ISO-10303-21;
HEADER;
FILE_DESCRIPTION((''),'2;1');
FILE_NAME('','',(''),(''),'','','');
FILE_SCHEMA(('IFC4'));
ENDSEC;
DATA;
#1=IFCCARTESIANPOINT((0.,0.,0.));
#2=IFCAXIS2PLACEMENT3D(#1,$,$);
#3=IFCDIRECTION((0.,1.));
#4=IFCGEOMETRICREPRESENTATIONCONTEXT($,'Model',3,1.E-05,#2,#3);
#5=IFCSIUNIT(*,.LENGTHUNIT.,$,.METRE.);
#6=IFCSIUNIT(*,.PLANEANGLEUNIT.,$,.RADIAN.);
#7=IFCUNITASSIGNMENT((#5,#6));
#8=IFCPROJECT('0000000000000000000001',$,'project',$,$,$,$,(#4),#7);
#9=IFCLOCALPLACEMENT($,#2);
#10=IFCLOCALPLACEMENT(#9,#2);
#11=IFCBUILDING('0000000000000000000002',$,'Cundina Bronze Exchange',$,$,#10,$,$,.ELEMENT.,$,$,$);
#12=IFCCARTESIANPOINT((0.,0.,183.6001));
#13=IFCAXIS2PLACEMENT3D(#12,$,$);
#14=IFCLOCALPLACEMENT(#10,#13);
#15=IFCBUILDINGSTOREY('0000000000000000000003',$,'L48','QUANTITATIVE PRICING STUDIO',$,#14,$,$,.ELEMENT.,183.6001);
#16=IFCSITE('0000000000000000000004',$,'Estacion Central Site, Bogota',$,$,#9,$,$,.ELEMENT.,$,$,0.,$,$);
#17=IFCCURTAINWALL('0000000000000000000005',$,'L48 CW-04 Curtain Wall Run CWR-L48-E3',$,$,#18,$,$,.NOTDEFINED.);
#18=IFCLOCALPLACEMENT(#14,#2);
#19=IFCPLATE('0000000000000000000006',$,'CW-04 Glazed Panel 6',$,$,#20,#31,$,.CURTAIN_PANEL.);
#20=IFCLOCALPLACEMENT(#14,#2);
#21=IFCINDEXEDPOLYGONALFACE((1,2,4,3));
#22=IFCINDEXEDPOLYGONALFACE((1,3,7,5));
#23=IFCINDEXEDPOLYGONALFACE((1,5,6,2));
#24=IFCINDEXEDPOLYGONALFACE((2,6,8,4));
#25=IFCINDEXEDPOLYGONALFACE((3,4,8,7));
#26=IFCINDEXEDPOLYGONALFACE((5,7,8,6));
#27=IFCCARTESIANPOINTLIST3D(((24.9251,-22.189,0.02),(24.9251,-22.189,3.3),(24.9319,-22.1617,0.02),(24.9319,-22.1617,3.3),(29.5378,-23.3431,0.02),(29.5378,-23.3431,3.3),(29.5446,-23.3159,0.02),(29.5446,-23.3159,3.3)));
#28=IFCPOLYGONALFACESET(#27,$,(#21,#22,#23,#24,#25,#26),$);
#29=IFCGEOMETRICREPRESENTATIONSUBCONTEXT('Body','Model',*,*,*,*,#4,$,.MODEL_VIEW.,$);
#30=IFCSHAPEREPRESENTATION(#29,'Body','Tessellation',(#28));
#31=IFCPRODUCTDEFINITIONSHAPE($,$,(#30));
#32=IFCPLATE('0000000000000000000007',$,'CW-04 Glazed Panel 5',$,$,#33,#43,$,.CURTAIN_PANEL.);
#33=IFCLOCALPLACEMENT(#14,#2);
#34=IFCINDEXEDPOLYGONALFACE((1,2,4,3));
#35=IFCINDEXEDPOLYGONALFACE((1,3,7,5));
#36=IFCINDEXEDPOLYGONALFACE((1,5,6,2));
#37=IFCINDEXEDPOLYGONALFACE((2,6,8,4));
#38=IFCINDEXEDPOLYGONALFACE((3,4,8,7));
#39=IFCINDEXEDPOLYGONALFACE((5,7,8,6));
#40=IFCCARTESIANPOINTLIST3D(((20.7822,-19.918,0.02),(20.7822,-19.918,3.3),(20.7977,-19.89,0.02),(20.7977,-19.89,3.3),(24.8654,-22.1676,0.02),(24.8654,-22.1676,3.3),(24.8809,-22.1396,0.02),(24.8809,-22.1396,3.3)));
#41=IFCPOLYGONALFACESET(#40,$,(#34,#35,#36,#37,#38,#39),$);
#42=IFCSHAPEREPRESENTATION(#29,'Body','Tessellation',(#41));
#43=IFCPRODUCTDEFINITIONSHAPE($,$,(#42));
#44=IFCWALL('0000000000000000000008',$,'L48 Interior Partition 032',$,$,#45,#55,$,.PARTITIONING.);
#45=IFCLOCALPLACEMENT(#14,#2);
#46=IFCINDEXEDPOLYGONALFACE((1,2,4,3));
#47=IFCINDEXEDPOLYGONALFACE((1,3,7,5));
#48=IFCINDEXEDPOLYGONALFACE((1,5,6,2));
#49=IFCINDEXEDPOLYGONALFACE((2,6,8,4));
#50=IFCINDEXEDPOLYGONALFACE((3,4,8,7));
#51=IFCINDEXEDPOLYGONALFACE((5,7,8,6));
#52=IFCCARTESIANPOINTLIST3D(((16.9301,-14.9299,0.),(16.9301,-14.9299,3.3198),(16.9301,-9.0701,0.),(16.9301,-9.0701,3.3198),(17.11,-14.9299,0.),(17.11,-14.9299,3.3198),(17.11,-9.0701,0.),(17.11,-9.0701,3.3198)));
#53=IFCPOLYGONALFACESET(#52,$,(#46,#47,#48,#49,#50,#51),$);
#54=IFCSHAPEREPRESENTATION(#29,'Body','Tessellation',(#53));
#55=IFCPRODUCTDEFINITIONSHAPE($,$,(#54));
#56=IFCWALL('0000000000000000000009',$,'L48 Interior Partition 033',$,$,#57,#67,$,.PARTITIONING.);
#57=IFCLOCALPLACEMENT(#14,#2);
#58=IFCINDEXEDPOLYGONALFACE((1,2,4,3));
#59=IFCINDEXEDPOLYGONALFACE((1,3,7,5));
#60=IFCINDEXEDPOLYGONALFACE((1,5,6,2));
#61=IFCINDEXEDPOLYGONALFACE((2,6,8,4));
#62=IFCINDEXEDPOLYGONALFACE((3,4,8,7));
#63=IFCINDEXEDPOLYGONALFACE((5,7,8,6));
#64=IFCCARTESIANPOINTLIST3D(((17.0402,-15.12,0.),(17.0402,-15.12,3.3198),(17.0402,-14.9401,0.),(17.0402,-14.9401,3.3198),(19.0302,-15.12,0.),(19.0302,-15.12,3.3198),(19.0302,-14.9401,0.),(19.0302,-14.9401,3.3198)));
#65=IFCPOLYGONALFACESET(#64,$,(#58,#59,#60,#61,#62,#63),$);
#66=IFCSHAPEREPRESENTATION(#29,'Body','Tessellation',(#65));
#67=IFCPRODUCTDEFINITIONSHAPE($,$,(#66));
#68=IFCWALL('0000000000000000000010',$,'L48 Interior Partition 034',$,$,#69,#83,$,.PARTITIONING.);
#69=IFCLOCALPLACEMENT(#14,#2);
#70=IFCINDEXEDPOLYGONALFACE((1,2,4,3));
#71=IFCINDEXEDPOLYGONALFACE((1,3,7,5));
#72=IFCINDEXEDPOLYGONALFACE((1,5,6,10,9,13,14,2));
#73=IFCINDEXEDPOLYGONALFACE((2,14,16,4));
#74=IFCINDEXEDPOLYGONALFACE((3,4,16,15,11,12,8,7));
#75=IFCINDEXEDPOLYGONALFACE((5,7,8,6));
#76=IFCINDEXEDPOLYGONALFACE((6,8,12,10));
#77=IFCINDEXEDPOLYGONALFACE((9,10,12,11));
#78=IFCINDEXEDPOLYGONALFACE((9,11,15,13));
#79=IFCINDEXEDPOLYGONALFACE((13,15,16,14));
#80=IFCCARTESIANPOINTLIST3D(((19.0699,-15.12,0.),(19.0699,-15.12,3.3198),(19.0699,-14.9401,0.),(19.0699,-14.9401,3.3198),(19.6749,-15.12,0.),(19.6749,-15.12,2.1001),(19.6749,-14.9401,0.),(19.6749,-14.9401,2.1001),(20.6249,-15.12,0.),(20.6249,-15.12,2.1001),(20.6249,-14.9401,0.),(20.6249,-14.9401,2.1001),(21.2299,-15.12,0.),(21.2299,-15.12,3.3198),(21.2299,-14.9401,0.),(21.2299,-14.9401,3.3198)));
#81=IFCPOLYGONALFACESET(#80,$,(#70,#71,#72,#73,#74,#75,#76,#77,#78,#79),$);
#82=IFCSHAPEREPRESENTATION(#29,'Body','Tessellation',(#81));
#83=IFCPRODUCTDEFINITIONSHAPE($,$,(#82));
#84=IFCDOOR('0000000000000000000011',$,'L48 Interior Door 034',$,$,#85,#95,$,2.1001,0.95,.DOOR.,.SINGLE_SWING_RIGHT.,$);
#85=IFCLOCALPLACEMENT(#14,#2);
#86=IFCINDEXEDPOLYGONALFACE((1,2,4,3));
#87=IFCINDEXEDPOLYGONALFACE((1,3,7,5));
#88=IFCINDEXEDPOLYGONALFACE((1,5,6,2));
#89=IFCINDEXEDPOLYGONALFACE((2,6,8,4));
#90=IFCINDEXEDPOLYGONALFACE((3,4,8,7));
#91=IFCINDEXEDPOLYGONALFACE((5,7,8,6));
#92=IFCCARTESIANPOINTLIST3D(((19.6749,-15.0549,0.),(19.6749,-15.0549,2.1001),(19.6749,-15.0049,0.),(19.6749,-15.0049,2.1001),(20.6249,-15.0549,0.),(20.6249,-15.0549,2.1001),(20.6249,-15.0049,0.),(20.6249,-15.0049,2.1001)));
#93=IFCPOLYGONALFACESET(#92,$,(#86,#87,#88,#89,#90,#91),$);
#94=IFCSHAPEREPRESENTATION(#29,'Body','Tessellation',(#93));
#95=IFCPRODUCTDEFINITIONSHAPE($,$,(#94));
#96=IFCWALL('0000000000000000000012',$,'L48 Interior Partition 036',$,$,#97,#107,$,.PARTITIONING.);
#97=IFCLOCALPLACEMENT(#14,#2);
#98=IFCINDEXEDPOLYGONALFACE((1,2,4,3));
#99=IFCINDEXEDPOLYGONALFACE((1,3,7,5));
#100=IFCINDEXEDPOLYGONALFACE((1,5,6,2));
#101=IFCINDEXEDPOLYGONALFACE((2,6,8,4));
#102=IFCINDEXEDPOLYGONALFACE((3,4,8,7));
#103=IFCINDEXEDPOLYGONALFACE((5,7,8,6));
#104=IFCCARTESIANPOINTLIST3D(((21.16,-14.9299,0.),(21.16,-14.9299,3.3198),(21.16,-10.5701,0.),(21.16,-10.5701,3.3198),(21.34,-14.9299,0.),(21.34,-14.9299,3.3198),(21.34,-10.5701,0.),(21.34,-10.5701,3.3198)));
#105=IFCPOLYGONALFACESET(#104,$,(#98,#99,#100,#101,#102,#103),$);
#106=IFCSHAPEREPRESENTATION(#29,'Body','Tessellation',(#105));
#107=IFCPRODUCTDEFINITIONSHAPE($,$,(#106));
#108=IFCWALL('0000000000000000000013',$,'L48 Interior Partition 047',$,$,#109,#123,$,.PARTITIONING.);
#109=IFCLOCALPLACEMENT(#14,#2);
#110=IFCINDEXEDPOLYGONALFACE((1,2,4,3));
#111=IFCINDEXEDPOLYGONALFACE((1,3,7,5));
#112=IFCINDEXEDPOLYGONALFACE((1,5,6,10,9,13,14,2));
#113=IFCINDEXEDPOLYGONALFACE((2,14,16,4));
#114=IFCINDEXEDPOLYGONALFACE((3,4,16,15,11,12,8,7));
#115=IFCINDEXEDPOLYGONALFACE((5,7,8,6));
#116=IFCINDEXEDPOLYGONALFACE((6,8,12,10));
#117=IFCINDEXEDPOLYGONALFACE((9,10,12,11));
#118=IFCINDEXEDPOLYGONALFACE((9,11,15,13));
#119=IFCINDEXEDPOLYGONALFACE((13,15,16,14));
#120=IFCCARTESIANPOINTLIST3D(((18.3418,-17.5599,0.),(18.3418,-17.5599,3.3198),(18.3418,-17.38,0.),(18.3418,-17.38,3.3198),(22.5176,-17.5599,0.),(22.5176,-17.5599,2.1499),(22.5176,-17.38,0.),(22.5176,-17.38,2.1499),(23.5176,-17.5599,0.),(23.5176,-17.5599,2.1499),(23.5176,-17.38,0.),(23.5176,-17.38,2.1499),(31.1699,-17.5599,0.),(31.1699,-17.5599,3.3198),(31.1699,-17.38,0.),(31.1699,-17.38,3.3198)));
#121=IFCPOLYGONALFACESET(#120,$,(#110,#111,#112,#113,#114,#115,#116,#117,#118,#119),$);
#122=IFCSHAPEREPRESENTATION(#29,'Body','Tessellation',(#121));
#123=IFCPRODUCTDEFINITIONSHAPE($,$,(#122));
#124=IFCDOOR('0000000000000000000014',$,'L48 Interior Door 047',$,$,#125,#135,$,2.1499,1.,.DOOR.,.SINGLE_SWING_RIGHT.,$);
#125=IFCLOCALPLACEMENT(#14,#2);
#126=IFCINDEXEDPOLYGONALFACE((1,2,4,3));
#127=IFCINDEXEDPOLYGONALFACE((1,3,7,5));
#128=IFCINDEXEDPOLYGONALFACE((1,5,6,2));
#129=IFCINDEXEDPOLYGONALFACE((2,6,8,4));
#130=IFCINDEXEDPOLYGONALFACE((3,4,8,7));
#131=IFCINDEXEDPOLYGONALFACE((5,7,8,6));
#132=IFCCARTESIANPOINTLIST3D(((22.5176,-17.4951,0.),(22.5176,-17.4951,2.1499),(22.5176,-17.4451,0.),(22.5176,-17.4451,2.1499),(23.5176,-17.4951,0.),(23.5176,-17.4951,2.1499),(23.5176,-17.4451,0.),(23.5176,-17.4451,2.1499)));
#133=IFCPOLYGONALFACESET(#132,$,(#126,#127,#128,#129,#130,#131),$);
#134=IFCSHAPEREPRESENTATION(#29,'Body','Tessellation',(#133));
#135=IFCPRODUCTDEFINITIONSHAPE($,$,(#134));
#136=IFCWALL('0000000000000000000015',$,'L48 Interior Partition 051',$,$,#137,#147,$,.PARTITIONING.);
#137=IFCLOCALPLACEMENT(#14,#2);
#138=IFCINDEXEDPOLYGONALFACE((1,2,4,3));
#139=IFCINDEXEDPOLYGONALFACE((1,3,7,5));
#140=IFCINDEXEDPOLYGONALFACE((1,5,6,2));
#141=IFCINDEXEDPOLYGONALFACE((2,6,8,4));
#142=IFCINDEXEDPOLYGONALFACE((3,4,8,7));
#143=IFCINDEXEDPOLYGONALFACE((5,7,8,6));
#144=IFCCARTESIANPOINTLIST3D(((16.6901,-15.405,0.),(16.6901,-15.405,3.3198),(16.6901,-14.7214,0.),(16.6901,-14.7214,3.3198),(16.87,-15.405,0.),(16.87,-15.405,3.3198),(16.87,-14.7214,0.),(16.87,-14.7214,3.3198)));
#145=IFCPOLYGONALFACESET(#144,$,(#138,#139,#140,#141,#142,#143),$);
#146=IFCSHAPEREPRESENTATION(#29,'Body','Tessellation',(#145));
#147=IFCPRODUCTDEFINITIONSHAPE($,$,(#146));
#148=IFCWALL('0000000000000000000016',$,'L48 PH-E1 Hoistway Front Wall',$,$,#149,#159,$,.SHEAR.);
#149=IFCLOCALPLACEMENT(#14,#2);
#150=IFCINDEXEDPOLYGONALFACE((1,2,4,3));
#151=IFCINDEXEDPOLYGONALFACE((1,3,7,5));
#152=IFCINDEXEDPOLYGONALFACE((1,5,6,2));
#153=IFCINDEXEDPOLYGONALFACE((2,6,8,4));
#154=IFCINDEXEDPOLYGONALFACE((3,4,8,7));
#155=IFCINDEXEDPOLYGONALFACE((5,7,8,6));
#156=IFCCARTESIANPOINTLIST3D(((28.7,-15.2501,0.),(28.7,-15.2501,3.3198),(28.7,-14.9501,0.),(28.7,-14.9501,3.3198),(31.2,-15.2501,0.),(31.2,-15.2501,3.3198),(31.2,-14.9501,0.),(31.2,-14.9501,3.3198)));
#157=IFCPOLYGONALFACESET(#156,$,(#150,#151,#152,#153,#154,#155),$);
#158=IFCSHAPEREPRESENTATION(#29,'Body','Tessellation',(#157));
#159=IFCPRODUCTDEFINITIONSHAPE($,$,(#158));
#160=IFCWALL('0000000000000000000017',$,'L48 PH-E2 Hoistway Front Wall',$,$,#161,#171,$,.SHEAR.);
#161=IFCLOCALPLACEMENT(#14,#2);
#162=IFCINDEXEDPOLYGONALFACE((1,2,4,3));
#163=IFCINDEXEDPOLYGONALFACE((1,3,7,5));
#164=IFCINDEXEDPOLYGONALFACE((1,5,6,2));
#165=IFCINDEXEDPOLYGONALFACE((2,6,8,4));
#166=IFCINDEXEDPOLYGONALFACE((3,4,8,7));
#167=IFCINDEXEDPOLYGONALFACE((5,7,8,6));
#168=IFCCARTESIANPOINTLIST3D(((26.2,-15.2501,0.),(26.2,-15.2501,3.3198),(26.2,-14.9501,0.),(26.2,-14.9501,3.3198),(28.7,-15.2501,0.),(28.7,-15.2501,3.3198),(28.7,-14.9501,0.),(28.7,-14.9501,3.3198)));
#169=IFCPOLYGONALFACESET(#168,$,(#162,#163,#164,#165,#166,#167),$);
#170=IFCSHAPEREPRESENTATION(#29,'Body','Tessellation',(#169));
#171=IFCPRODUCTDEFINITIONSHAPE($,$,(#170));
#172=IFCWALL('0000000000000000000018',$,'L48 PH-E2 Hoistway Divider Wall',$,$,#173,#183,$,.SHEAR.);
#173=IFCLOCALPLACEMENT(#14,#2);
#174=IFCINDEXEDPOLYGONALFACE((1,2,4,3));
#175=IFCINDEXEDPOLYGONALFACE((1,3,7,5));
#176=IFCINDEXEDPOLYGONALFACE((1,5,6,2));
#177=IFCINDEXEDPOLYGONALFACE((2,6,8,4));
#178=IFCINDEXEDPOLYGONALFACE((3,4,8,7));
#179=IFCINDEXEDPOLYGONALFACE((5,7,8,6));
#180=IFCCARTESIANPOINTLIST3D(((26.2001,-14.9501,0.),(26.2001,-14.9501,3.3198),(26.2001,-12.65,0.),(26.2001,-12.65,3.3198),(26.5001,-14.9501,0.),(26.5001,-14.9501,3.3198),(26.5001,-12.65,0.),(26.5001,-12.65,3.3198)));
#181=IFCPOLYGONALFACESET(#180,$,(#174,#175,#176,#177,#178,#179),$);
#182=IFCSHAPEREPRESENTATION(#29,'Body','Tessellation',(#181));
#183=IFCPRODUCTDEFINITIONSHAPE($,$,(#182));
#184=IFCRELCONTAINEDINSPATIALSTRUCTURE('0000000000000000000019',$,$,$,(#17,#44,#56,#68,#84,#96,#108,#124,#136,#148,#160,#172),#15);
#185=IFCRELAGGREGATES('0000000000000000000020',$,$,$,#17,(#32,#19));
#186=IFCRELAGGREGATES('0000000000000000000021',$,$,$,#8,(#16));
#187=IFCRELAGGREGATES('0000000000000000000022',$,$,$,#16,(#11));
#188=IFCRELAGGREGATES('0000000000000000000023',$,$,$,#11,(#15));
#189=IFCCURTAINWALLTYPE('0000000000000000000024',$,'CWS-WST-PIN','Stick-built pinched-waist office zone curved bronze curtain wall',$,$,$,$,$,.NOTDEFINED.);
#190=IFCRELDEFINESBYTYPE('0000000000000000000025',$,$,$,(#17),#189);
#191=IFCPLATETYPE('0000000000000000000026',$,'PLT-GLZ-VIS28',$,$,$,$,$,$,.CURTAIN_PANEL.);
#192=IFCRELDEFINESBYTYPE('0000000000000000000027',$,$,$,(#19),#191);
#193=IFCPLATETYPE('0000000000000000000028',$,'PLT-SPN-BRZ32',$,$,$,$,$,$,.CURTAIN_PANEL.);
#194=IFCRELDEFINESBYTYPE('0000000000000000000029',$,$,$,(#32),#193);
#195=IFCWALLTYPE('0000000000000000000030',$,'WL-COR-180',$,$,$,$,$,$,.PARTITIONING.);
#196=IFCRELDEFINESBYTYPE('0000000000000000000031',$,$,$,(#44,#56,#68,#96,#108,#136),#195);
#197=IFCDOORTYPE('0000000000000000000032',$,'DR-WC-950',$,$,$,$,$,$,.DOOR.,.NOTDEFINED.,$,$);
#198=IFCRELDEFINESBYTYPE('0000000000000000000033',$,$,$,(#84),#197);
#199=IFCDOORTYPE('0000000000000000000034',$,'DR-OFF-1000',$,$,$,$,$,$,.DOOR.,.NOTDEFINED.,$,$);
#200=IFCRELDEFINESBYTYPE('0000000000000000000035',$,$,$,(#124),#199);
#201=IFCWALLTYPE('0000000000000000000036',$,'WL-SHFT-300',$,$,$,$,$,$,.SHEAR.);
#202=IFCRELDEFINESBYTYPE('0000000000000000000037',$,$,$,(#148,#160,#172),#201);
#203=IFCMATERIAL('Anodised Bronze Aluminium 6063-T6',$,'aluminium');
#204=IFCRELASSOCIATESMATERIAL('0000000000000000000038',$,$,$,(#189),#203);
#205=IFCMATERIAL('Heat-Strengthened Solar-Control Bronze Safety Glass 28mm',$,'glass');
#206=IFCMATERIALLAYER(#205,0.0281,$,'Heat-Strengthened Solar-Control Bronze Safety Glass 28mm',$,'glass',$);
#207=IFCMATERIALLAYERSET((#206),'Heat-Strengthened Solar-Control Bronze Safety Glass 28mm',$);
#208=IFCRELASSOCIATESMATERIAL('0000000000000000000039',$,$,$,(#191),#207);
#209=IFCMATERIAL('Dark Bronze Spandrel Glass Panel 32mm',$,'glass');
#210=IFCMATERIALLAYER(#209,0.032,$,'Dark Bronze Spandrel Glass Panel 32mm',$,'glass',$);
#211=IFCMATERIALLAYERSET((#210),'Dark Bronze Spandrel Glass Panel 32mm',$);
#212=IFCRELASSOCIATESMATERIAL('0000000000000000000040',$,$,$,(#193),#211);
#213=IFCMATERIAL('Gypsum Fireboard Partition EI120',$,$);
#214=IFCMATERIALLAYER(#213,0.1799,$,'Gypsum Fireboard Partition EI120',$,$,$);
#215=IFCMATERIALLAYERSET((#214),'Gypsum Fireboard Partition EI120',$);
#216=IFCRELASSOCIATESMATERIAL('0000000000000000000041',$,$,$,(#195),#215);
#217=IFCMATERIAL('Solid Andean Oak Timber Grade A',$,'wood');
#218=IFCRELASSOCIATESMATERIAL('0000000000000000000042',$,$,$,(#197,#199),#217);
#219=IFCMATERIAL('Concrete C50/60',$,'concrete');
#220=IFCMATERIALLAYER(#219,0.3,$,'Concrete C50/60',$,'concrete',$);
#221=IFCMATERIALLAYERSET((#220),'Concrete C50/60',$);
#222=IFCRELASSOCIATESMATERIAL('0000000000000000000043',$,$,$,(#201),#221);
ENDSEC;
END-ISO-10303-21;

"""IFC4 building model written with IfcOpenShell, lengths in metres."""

from ifc_helpers import new_model, si_unit, direction, frame, frame_2d, origin, origin_2d, place, context, subcontext, project, spatial, rectangle, extrude, material, layer, layer_set, type_object, element, fill, aggregate, save


model = new_model("IFC4")

# Units and contexts
model_context = context("Model", 3, precision=1e-05, world=origin(), true_north=direction((0.0, 1.0)))
body_context = subcontext(model_context, "Body", "Model", "MODEL_VIEW")
ifc_project = project(units=[si_unit("LENGTHUNIT", "METRE"), si_unit("PLANEANGLEUNIT", "RADIAN")], contexts=[model_context])

# Site, building, storey
site_placement = place(None, origin())
site = spatial("IfcSite", under=ifc_project, at=site_placement, Name="Estacion Central Site, Bogota", CompositionType="ELEMENT", RefElevation=0.0)
building_placement = place(site_placement, origin())
building = spatial("IfcBuilding", under=site, at=building_placement, Name="Cundina Bronze Exchange", CompositionType="ELEMENT")
storey_placement = place(building_placement, frame((0.0, 0.0, 183.6001)))
storey = spatial("IfcBuildingStorey", under=building, at=storey_placement, Name="L48", Description="QUANTITATIVE PRICING STUDIO", CompositionType="ELEMENT", Elevation=183.6001)

# Shared definitions
ifc_material_1 = material(Name="Concrete C50/60", Category="concrete")

# Curtain wall, plates
ifc_material_2 = material(Name="Anodised Bronze Aluminium 6063-T6", Category="aluminium")
curtain_wall_type = type_object("IfcCurtainWallType", Name="CWS-WST-PIN", Description="Stick-built pinched-waist office zone curved bronze curtain wall", PredefinedType="NOTDEFINED", material=ifc_material_2)
curtain_wall_placement = place(storey_placement, origin())
curtain_wall = element("IfcCurtainWall", 1, at=curtain_wall_placement, inside=storey, type_object=curtain_wall_type, Name="L48 CW-04 Curtain Wall Run CWR-L48-E3", PredefinedType="NOTDEFINED")
ifc_material_3 = material(Name="Heat-Strengthened Solar-Control Bronze Safety Glass 28mm", Category="glass")
ifc_layer_1 = layer(ifc_material_3, 0.0281, Name="Heat-Strengthened Solar-Control Bronze Safety Glass 28mm", Category="glass")
ifc_layer_set_1 = layer_set([ifc_layer_1], Name="Heat-Strengthened Solar-Control Bronze Safety Glass 28mm")
plate_type_1 = type_object("IfcPlateType", Name="PLT-GLZ-VIS28", PredefinedType="CURTAIN_PANEL", material=ifc_layer_set_1)
plate_1_placement = place(storey_placement, frame((27.2349, -22.7524, 0.02), z_axis=(0.0, 0.0, 1.0), x_axis=(0.970093, -0.242735, 0.0)))
plate_1 = element("IfcPlate", 2, at=plate_1_placement, type_object=plate_type_1, Name="CW-04 Glazed Panel 6", PredefinedType="CURTAIN_PANEL", context=body_context, shape_type="SweptSolid", body=[
    extrude(rectangle(XDim=4.7549, YDim=0.0281, at=origin_2d()), origin(), (0.0, 0.0, 1.0), 3.28),
])
ifc_material_4 = material(Name="Dark Bronze Spandrel Glass Panel 32mm", Category="glass")
ifc_layer_2 = layer(ifc_material_4, 0.032, Name="Dark Bronze Spandrel Glass Panel 32mm", Category="glass")
ifc_layer_set_2 = layer_set([ifc_layer_2], Name="Dark Bronze Spandrel Glass Panel 32mm")
plate_type_2 = type_object("IfcPlateType", Name="PLT-SPN-BRZ32", PredefinedType="CURTAIN_PANEL", material=ifc_layer_set_2)
plate_2_placement = place(storey_placement, frame((22.8315, -21.0288, 0.02), z_axis=(0.0, 0.0, 1.0), x_axis=(0.875869, -0.482549, 0.0)))
plate_2 = element("IfcPlate", 3, at=plate_2_placement, type_object=plate_type_2, Name="CW-04 Glazed Panel 5", PredefinedType="CURTAIN_PANEL", context=body_context, shape_type="SweptSolid", body=[
    extrude(rectangle(XDim=4.6619, YDim=0.032, at=origin_2d()), origin(), (0.0, 0.0, 1.0), 3.28),
])
aggregate(curtain_wall, [plate_2, plate_1])

# Walls
ifc_material_5 = material(Name="Gypsum Fireboard Partition EI120")
ifc_layer_3 = layer(ifc_material_5, 0.1799, Name="Gypsum Fireboard Partition EI120")
ifc_layer_set_3 = layer_set([ifc_layer_3], Name="Gypsum Fireboard Partition EI120")
wall_type_1 = type_object("IfcWallType", Name="WL-COR-180", PredefinedType="PARTITIONING", material=ifc_layer_set_3)
wall_1_placement = place(storey_placement, frame((17.02, -14.9299, 0.0), z_axis=(0.0, 0.0, 1.0), x_axis=(0.0, 1.0, 0.0)))
element("IfcWall", 4, at=wall_1_placement, inside=storey, type_object=wall_type_1, Name="L48 Interior Partition 032", PredefinedType="PARTITIONING", context=body_context, shape_type="SweptSolid", body=[
    extrude(rectangle(XDim=5.8599, YDim=0.1799, at=frame_2d((2.9299, 0.0))), origin(), (0.0, 0.0, 1.0), 3.3198),
])
wall_2_placement = place(storey_placement, frame((17.04, -15.03, 0.0), z_axis=(0.0, 0.0, 1.0), x_axis=(1.0, 0.0, 0.0)))
element("IfcWall", 5, at=wall_2_placement, inside=storey, type_object=wall_type_1, Name="L48 Interior Partition 033", PredefinedType="PARTITIONING", context=body_context, shape_type="SweptSolid", body=[
    extrude(rectangle(XDim=1.99, YDim=0.1799, at=frame_2d((0.9951, 0.0))), origin(), (0.0, 0.0, 1.0), 3.3198),
])

# Wall, opening, door
wall_3_placement = place(storey_placement, frame((21.23, -15.03, 0.0), z_axis=(0.0, 0.0, 1.0), x_axis=(-1.0, 0.0, 0.0)))
wall_3 = element("IfcWall", 6, at=wall_3_placement, inside=storey, type_object=wall_type_1, Name="L48 Interior Partition 034", PredefinedType="PARTITIONING", context=body_context, shape_type="SweptSolid", body=[
    extrude(rectangle(XDim=2.1599, YDim=0.1799, at=frame_2d((1.0801, 0.0))), origin(), (0.0, 0.0, 1.0), 3.3198),
])
opening_1_placement = place(wall_3_placement, frame((0.605, 0.0, 0.0)))
opening_1 = element("IfcOpeningElement", 7, at=opening_1_placement, cuts=wall_3, PredefinedType="OPENING", context=body_context, shape_type="SweptSolid", body=[
    extrude(rectangle(XDim=0.95, YDim=2.1001, at=frame_2d((0.4751, 1.05))), frame((0.0, 0.0999, 0.0), z_axis=(0.0, -1.0, 0.0), x_axis=(1.0, 0.0, 0.0)), (0.0, 0.0, 1.0), 0.2),
])
ifc_material_6 = material(Name="Solid Andean Oak Timber Grade A", Category="wood")
door_type_1 = type_object("IfcDoorType", Name="DR-WC-950", OperationType="NOTDEFINED", PredefinedType="DOOR", material=ifc_material_6)
door_1_placement = place(opening_1_placement, origin())
door_1 = element("IfcDoor", 8, at=door_1_placement, inside=storey, type_object=door_type_1, Name="L48 Interior Door 034", OperationType="SINGLE_SWING_RIGHT", OverallHeight=2.1001, OverallWidth=0.95, PredefinedType="DOOR", context=body_context, shape_type="SweptSolid", body=[
    extrude(rectangle(XDim=0.95, YDim=2.1001, at=frame_2d((0.4751, 1.05))), frame((0.0, 0.0249, 0.0), z_axis=(0.0, -1.0, 0.0), x_axis=(1.0, 0.0, 0.0)), (0.0, 0.0, 1.0), 0.05),
])
fill(opening_1, door_1)

# Wall
wall_4_placement = place(storey_placement, frame((21.25, -14.9299, 0.0), z_axis=(0.0, 0.0, 1.0), x_axis=(0.0, 1.0, 0.0)))
element("IfcWall", 9, at=wall_4_placement, inside=storey, type_object=wall_type_1, Name="L48 Interior Partition 036", PredefinedType="PARTITIONING", context=body_context, shape_type="SweptSolid", body=[
    extrude(rectangle(XDim=4.3599, YDim=0.1799, at=frame_2d((2.1799, 0.0))), origin(), (0.0, 0.0, 1.0), 3.3198),
])

# Wall, opening, door
wall_5_placement = place(storey_placement, frame((18.3418, -17.47, 0.0), z_axis=(0.0, 0.0, 1.0), x_axis=(1.0, 0.0, 0.0)))
wall_5 = element("IfcWall", 10, at=wall_5_placement, inside=storey, type_object=wall_type_1, Name="L48 Interior Partition 047", PredefinedType="PARTITIONING", context=body_context, shape_type="SweptSolid", body=[
    extrude(rectangle(XDim=12.8281, YDim=0.1799, at=frame_2d((6.4141, 0.0))), origin(), (0.0, 0.0, 1.0), 3.3198),
])
opening_2_placement = place(wall_5_placement, frame((4.1758, 0.0, 0.0)))
opening_2 = element("IfcOpeningElement", 11, at=opening_2_placement, cuts=wall_5, PredefinedType="OPENING", context=body_context, shape_type="SweptSolid", body=[
    extrude(rectangle(XDim=1.0, YDim=2.1499, at=frame_2d((0.5, 1.075))), frame((0.0, 0.0999, 0.0), z_axis=(0.0, -1.0, 0.0), x_axis=(1.0, 0.0, 0.0)), (0.0, 0.0, 1.0), 0.2),
])
door_type_2 = type_object("IfcDoorType", Name="DR-OFF-1000", OperationType="NOTDEFINED", PredefinedType="DOOR", material=ifc_material_6)
door_2_placement = place(opening_2_placement, origin())
door_2 = element("IfcDoor", 12, at=door_2_placement, inside=storey, type_object=door_type_2, Name="L48 Interior Door 047", OperationType="SINGLE_SWING_RIGHT", OverallHeight=2.1499, OverallWidth=1.0, PredefinedType="DOOR", context=body_context, shape_type="SweptSolid", body=[
    extrude(rectangle(XDim=1.0, YDim=2.1499, at=frame_2d((0.5, 1.075))), frame((0.0, 0.0249, 0.0), z_axis=(0.0, -1.0, 0.0), x_axis=(1.0, 0.0, 0.0)), (0.0, 0.0, 1.0), 0.05),
])
fill(opening_2, door_2)

# Walls
wall_6_placement = place(storey_placement, frame((16.78, -14.7214, 0.0), z_axis=(0.0, 0.0, 1.0), x_axis=(0.0, -1.0, 0.0)))
element("IfcWall", 13, at=wall_6_placement, inside=storey, type_object=wall_type_1, Name="L48 Interior Partition 051", PredefinedType="PARTITIONING", context=body_context, shape_type="SweptSolid", body=[
    extrude(rectangle(XDim=0.6836, YDim=0.1799, at=frame_2d((0.3418, 0.0))), origin(), (0.0, 0.0, 1.0), 3.3198),
])
ifc_layer_4 = layer(ifc_material_1, 0.3, Name="Concrete C50/60", Category="concrete")
ifc_layer_set_4 = layer_set([ifc_layer_4], Name="Concrete C50/60")
wall_type_2 = type_object("IfcWallType", Name="WL-SHFT-300", PredefinedType="SHEAR", material=ifc_layer_set_4)
for number, where, z_axis, x_axis, name in (
    (14, (28.7, -15.1001, 0.0), (0.0, 0.0, 1.0), (1.0, 0.0, 0.0), "L48 PH-E1 Hoistway Front Wall"),
    (15, (26.2, -15.1001, 0.0), (0.0, 0.0, 1.0), (1.0, 0.0, 0.0), "L48 PH-E2 Hoistway Front Wall"),
):
    element("IfcWall", number, at=place(storey_placement, frame(where, z_axis=z_axis, x_axis=x_axis)), inside=storey, type_object=wall_type_2, Name=name, PredefinedType="SHEAR", context=body_context, shape_type="SweptSolid", body=[
        extrude(rectangle(XDim=2.5, YDim=0.3, at=frame_2d((1.25, 0.0))), origin(), (0.0, 0.0, 1.0), 3.3198),
    ])
wall_7_placement = place(storey_placement, frame((26.3501, -14.95, 0.0), z_axis=(0.0, 0.0, 1.0), x_axis=(0.0, 1.0, 0.0)))
element("IfcWall", 16, at=wall_7_placement, inside=storey, type_object=wall_type_2, Name="L48 PH-E2 Hoistway Divider Wall", PredefinedType="SHEAR", context=body_context, shape_type="SweptSolid", body=[
    extrude(rectangle(XDim=2.3, YDim=0.3, at=frame_2d((1.1499, 0.0))), origin(), (0.0, 0.0, 1.0), 3.3198),
])

save(model, "model.ifc")
